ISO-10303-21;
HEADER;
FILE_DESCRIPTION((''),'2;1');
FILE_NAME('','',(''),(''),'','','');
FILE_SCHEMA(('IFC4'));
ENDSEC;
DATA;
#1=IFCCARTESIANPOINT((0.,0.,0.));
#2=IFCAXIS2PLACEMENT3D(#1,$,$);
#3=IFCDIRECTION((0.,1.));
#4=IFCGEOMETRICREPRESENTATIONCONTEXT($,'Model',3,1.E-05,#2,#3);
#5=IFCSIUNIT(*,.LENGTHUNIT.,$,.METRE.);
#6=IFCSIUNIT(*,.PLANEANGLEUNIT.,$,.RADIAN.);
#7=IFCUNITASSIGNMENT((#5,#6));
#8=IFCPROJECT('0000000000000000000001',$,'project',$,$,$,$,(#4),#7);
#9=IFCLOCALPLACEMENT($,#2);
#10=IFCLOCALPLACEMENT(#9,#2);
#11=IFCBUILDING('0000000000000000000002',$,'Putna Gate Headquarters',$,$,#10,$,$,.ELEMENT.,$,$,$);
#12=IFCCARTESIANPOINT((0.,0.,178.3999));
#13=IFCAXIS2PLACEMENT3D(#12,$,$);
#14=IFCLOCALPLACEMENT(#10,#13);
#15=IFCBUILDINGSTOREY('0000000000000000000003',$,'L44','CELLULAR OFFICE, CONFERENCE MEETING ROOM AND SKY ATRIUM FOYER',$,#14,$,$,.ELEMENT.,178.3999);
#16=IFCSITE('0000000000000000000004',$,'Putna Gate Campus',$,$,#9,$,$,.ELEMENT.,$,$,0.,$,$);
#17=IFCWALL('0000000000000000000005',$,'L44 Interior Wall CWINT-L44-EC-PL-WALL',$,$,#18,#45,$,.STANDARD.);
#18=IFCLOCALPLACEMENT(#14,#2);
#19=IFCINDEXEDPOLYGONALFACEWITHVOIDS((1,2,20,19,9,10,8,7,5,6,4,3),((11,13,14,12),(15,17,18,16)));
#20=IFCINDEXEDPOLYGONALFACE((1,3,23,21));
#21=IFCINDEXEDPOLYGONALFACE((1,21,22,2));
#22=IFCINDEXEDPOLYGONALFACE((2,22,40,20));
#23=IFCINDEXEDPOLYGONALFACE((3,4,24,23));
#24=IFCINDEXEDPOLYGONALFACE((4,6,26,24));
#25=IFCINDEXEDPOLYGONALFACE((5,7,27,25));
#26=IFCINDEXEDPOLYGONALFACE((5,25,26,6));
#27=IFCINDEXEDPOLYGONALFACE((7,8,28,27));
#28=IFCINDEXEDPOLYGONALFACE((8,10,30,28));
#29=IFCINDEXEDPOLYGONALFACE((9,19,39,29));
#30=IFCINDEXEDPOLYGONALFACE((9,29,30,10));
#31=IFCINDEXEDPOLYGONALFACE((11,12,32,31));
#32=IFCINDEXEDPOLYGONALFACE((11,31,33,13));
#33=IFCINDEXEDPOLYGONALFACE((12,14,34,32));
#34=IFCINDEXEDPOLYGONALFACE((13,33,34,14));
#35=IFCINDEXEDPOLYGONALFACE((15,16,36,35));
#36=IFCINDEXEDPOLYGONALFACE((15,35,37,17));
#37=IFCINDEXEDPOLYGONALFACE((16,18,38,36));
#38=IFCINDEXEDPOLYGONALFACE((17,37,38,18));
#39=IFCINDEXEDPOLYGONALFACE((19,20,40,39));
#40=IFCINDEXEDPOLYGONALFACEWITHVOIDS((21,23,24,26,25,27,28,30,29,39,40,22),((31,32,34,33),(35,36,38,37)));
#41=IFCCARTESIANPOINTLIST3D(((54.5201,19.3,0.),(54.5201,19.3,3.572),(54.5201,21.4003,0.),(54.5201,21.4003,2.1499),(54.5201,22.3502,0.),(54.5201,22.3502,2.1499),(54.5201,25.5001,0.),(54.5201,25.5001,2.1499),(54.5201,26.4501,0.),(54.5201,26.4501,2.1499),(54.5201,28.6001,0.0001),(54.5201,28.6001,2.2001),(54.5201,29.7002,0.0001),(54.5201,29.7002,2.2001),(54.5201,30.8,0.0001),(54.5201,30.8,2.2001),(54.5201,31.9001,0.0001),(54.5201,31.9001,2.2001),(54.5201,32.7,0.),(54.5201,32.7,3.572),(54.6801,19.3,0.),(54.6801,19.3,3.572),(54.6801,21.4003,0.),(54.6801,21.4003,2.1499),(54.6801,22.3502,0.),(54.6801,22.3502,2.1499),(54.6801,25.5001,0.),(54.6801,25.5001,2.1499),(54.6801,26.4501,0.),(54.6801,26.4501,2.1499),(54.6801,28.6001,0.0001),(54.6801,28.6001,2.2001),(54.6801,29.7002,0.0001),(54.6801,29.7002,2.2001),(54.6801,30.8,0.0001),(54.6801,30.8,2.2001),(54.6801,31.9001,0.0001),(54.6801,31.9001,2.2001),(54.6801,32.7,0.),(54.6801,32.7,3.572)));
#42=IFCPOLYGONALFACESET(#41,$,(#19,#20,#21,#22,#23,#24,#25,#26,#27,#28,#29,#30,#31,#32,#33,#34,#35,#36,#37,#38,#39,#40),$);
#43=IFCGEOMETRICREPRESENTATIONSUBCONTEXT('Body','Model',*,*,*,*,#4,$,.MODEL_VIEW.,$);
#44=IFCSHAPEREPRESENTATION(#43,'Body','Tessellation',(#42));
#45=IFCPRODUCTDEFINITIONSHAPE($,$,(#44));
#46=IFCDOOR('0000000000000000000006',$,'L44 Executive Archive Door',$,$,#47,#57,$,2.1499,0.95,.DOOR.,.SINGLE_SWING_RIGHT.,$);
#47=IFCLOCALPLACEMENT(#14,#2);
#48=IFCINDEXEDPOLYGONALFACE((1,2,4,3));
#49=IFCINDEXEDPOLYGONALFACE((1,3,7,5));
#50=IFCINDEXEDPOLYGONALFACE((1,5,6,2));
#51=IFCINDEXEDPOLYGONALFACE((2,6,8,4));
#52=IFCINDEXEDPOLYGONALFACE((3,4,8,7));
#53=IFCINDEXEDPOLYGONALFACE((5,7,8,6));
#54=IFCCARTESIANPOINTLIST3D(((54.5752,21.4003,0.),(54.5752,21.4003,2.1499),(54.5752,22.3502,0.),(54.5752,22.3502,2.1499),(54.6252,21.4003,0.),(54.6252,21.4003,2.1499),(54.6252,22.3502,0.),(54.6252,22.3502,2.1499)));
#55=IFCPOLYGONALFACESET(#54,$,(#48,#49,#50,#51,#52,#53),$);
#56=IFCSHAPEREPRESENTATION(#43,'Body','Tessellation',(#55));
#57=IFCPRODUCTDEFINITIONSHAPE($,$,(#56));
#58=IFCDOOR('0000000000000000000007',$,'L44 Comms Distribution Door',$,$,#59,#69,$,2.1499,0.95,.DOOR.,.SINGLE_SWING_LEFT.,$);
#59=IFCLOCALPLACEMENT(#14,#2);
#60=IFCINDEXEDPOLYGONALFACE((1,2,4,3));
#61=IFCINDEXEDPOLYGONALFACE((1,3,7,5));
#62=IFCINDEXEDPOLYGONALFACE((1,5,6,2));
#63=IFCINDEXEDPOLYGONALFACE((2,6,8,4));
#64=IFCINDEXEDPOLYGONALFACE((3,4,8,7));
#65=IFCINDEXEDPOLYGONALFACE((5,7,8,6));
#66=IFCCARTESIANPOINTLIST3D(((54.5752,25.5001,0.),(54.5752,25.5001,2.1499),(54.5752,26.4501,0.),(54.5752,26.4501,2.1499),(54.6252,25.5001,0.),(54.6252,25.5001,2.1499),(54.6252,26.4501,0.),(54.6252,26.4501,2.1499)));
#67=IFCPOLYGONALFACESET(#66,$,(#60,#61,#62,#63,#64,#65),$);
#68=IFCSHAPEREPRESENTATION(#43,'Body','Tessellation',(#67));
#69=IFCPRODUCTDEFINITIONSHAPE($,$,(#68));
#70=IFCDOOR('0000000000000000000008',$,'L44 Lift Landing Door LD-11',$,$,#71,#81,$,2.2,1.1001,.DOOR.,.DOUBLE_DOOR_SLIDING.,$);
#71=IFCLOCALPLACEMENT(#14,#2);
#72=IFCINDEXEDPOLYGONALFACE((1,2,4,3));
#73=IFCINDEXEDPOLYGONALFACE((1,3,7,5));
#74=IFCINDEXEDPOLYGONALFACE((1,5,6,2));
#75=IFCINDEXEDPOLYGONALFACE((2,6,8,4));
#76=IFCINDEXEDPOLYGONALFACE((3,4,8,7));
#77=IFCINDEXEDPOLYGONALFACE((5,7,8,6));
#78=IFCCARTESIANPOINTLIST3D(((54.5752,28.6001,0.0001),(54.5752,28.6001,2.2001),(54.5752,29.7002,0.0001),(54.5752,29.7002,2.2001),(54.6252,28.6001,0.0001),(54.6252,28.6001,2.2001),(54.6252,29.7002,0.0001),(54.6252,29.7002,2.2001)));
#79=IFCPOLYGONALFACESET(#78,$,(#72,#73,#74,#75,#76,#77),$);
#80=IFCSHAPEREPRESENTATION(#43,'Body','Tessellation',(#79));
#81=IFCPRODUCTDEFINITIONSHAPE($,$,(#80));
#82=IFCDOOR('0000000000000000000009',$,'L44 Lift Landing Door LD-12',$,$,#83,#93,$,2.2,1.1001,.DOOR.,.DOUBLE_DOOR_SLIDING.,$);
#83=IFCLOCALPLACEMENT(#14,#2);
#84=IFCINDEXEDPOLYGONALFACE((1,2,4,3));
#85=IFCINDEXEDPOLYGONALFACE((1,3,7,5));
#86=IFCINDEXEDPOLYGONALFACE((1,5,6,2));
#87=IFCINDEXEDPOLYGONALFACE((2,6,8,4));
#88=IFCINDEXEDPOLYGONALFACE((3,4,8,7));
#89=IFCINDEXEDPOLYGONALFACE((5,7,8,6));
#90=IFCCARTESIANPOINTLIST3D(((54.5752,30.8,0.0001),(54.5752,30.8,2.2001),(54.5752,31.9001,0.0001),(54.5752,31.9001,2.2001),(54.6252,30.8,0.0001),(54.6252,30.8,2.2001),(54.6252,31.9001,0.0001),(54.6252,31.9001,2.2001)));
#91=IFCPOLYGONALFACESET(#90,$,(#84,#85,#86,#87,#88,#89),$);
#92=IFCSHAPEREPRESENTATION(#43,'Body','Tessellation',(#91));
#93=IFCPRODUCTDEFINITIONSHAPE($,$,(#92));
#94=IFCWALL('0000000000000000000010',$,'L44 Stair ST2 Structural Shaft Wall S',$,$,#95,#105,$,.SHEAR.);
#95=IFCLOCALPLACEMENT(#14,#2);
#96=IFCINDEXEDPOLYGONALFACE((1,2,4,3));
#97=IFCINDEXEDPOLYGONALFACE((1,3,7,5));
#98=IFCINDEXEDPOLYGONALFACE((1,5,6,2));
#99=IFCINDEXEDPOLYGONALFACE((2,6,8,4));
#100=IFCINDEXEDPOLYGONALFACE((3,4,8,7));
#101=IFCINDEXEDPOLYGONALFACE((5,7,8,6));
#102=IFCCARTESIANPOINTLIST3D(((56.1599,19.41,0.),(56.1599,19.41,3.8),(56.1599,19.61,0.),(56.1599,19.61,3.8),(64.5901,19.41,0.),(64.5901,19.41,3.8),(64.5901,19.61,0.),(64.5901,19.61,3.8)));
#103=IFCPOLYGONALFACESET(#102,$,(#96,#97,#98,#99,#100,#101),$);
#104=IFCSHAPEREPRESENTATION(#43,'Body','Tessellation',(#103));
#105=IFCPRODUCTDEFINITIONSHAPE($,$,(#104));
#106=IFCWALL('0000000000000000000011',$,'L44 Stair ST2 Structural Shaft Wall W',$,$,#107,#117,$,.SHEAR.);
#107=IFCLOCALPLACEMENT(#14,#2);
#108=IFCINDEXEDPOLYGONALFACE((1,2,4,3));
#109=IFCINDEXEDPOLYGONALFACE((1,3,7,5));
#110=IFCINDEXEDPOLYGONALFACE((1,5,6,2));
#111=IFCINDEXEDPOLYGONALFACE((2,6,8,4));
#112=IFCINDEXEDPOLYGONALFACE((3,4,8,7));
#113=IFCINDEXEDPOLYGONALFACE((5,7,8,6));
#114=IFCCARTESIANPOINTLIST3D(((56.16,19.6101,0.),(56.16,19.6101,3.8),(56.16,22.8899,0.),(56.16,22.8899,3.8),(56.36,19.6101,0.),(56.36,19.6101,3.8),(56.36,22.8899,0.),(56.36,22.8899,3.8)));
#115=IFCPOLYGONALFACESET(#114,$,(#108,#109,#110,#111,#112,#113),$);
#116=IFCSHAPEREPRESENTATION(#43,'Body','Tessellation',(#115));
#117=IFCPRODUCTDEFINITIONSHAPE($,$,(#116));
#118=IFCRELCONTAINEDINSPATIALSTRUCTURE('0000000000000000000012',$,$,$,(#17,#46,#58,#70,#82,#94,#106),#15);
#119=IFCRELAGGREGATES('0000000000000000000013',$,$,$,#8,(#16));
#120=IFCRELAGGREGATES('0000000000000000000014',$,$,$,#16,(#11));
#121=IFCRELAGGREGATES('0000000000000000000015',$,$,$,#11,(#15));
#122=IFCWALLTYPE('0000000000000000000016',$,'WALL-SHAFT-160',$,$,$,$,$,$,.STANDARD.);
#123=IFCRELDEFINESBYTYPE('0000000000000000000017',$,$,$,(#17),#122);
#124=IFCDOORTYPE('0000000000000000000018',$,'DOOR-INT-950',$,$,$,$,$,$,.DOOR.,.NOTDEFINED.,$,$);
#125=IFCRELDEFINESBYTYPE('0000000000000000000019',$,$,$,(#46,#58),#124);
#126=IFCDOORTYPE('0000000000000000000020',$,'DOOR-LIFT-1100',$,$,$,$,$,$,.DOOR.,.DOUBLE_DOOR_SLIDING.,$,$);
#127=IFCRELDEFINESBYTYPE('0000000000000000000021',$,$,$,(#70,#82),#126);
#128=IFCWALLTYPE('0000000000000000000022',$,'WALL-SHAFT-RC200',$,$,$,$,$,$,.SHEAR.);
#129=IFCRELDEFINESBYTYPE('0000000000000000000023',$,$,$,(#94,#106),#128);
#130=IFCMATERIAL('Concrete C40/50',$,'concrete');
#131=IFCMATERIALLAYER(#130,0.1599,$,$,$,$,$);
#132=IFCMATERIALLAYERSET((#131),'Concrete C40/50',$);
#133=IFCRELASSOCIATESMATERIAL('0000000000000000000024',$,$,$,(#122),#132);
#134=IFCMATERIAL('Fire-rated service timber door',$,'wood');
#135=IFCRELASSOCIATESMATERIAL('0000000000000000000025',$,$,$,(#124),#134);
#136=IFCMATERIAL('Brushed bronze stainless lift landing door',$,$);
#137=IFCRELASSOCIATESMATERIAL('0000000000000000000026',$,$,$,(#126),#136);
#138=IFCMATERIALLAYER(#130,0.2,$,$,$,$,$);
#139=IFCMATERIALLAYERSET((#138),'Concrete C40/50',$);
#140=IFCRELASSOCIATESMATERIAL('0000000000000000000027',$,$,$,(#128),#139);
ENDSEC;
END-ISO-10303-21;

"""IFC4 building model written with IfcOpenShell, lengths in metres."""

from ifc_helpers import new_model, si_unit, direction, frame, frame_2d, origin, place, context, subcontext, project, spatial, rectangle, extrude, material, layer, layer_set, type_object, element, fill, save


model = new_model("IFC4")

# Units and contexts
model_context = context("Model", 3, precision=1e-05, world=origin(), true_north=direction((0.0, 1.0)))
body_context = subcontext(model_context, "Body", "Model", "MODEL_VIEW")
ifc_project = project(units=[si_unit("LENGTHUNIT", "METRE"), si_unit("PLANEANGLEUNIT", "RADIAN")], contexts=[model_context])

# Site, building, storey
site_placement = place(None, origin())
site = spatial("IfcSite", under=ifc_project, at=site_placement, Name="Putna Gate Campus", CompositionType="ELEMENT", RefElevation=0.0)
building_placement = place(site_placement, origin())
building = spatial("IfcBuilding", under=site, at=building_placement, Name="Putna Gate Headquarters", CompositionType="ELEMENT")
storey_placement = place(building_placement, frame((0.0, 0.0, 178.3999)))
storey = spatial("IfcBuildingStorey", under=building, at=storey_placement, Name="L44", Description="CELLULAR OFFICE, CONFERENCE MEETING ROOM AND SKY ATRIUM FOYER", CompositionType="ELEMENT", Elevation=178.3999)

# Wall, openings, doors
ifc_material_1 = material(Name="Concrete C40/50", Category="concrete")
ifc_layer_1 = layer(ifc_material_1, 0.1599)
ifc_layer_set_1 = layer_set([ifc_layer_1], Name="Concrete C40/50")
wall_type_1 = type_object("IfcWallType", Name="WALL-SHAFT-160", PredefinedType="STANDARD", material=ifc_layer_set_1)
wall_1_placement = place(storey_placement, frame((54.6001, 19.3, 0.0), z_axis=(0.0, 0.0, 1.0), x_axis=(0.0, 1.0, 0.0)))
wall_1 = element("IfcWall", 1, at=wall_1_placement, inside=storey, type_object=wall_type_1, Name="L44 Interior Wall CWINT-L44-EC-PL-WALL", PredefinedType="STANDARD", context=body_context, shape_type="SweptSolid", body=[
    extrude(rectangle(XDim=13.3999, YDim=0.1599, at=frame_2d((6.7, 0.0))), origin(), (0.0, 0.0, 1.0), 3.572),
])
opening_1_placement = place(wall_1_placement, frame((2.1001, 0.0, 0.0)))
opening_1 = element("IfcOpeningElement", 2, at=opening_1_placement, cuts=wall_1, PredefinedType="OPENING", context=body_context, shape_type="SweptSolid", body=[
    extrude(rectangle(XDim=0.95, YDim=2.1499, at=frame_2d((0.4751, 1.075))), frame((0.0, 0.0898, 0.0), z_axis=(0.0, -1.0, 0.0), x_axis=(1.0, 0.0, 0.0)), (0.0, 0.0, 1.0), 0.1799),
])
opening_2_placement = place(wall_1_placement, frame((6.2, 0.0, 0.0)))
opening_2 = element("IfcOpeningElement", 3, at=opening_2_placement, cuts=wall_1, PredefinedType="OPENING", context=body_context, shape_type="SweptSolid", body=[
    extrude(rectangle(XDim=0.95, YDim=2.1499, at=frame_2d((0.4751, 1.075))), frame((0.0, 0.0898, 0.0), z_axis=(0.0, -1.0, 0.0), x_axis=(1.0, 0.0, 0.0)), (0.0, 0.0, 1.0), 0.1799),
])
opening_3_placement = place(wall_1_placement, frame((9.3, 0.0, 0.0)))
opening_3 = element("IfcOpeningElement", 4, at=opening_3_placement, cuts=wall_1, PredefinedType="OPENING", context=body_context, shape_type="SweptSolid", body=[
    extrude(rectangle(XDim=1.1001, YDim=2.2, at=frame_2d((0.55, 1.1001))), frame((0.0, 0.0898, 0.0), z_axis=(0.0, -1.0, 0.0), x_axis=(1.0, 0.0, 0.0)), (0.0, 0.0, 1.0), 0.1799),
])
opening_4_placement = place(wall_1_placement, frame((11.5, 0.0, 0.0)))
opening_4 = element("IfcOpeningElement", 5, at=opening_4_placement, cuts=wall_1, PredefinedType="OPENING", context=body_context, shape_type="SweptSolid", body=[
    extrude(rectangle(XDim=1.1001, YDim=2.2, at=frame_2d((0.55, 1.1001))), frame((0.0, 0.0898, 0.0), z_axis=(0.0, -1.0, 0.0), x_axis=(1.0, 0.0, 0.0)), (0.0, 0.0, 1.0), 0.1799),
])
ifc_material_2 = material(Name="Fire-rated service timber door", Category="wood")
door_type_1 = type_object("IfcDoorType", Name="DOOR-INT-950", OperationType="NOTDEFINED", PredefinedType="DOOR", material=ifc_material_2)
door_1_placement = place(opening_1_placement, origin())
door_1 = element("IfcDoor", 6, at=door_1_placement, inside=storey, type_object=door_type_1, Name="L44 Executive Archive Door", OperationType="SINGLE_SWING_RIGHT", OverallHeight=2.1499, OverallWidth=0.95, PredefinedType="DOOR", context=body_context, shape_type="SweptSolid", body=[
    extrude(rectangle(XDim=0.95, YDim=2.1499, at=frame_2d((0.4751, 1.075))), frame((0.0, 0.0249, 0.0), z_axis=(0.0, -1.0, 0.0), x_axis=(1.0, 0.0, 0.0)), (0.0, 0.0, 1.0), 0.05),
])
fill(opening_1, door_1)
door_2_placement = place(opening_2_placement, origin())
door_2 = element("IfcDoor", 7, at=door_2_placement, inside=storey, type_object=door_type_1, Name="L44 Comms Distribution Door", OperationType="SINGLE_SWING_LEFT", OverallHeight=2.1499, OverallWidth=0.95, PredefinedType="DOOR", context=body_context, shape_type="SweptSolid", body=[
    extrude(rectangle(XDim=0.95, YDim=2.1499, at=frame_2d((0.4751, 1.075))), frame((0.0, 0.0249, 0.0), z_axis=(0.0, -1.0, 0.0), x_axis=(1.0, 0.0, 0.0)), (0.0, 0.0, 1.0), 0.05),
])
fill(opening_2, door_2)
ifc_material_3 = material(Name="Brushed bronze stainless lift landing door")
door_type_2 = type_object("IfcDoorType", Name="DOOR-LIFT-1100", OperationType="DOUBLE_DOOR_SLIDING", PredefinedType="DOOR", material=ifc_material_3)
door_3_placement = place(opening_3_placement, origin())
door_3 = element("IfcDoor", 8, at=door_3_placement, inside=storey, type_object=door_type_2, Name="L44 Lift Landing Door LD-11", OperationType="DOUBLE_DOOR_SLIDING", OverallHeight=2.2, OverallWidth=1.1001, PredefinedType="DOOR", context=body_context, shape_type="SweptSolid", body=[
    extrude(rectangle(XDim=1.1001, YDim=2.2, at=frame_2d((0.55, 1.1001))), frame((0.0, 0.0249, 0.0), z_axis=(0.0, -1.0, 0.0), x_axis=(1.0, 0.0, 0.0)), (0.0, 0.0, 1.0), 0.05),
])
fill(opening_3, door_3)
door_4_placement = place(opening_4_placement, origin())
door_4 = element("IfcDoor", 9, at=door_4_placement, inside=storey, type_object=door_type_2, Name="L44 Lift Landing Door LD-12", OperationType="DOUBLE_DOOR_SLIDING", OverallHeight=2.2, OverallWidth=1.1001, PredefinedType="DOOR", context=body_context, shape_type="SweptSolid", body=[
    extrude(rectangle(XDim=1.1001, YDim=2.2, at=frame_2d((0.55, 1.1001))), frame((0.0, 0.0249, 0.0), z_axis=(0.0, -1.0, 0.0), x_axis=(1.0, 0.0, 0.0)), (0.0, 0.0, 1.0), 0.05),
])
fill(opening_4, door_4)

# Walls
ifc_layer_2 = layer(ifc_material_1, 0.2)
ifc_layer_set_2 = layer_set([ifc_layer_2], Name="Concrete C40/50")
wall_type_2 = type_object("IfcWallType", Name="WALL-SHAFT-RC200", PredefinedType="SHEAR", material=ifc_layer_set_2)
wall_2_placement = place(storey_placement, frame((56.1599, 19.51, 0.0), z_axis=(0.0, 0.0, 1.0), x_axis=(1.0, 0.0, 0.0)))
element("IfcWall", 10, at=wall_2_placement, inside=storey, type_object=wall_type_2, Name="L44 Stair ST2 Structural Shaft Wall S", PredefinedType="SHEAR", context=body_context, shape_type="SweptSolid", body=[
    extrude(rectangle(XDim=8.4302, YDim=0.2, at=frame_2d((4.2151, 0.0))), origin(), (0.0, 0.0, 1.0), 3.8),
])
wall_3_placement = place(storey_placement, frame((56.26, 19.6101, 0.0), z_axis=(0.0, 0.0, 1.0), x_axis=(0.0, 1.0, 0.0)))
element("IfcWall", 11, at=wall_3_placement, inside=storey, type_object=wall_type_2, Name="L44 Stair ST2 Structural Shaft Wall W", PredefinedType="SHEAR", context=body_context, shape_type="SweptSolid", body=[
    extrude(rectangle(XDim=3.2798, YDim=0.2, at=frame_2d((1.6399, 0.0))), origin(), (0.0, 0.0, 1.0), 3.8),
])

save(model, "model.ifc")
